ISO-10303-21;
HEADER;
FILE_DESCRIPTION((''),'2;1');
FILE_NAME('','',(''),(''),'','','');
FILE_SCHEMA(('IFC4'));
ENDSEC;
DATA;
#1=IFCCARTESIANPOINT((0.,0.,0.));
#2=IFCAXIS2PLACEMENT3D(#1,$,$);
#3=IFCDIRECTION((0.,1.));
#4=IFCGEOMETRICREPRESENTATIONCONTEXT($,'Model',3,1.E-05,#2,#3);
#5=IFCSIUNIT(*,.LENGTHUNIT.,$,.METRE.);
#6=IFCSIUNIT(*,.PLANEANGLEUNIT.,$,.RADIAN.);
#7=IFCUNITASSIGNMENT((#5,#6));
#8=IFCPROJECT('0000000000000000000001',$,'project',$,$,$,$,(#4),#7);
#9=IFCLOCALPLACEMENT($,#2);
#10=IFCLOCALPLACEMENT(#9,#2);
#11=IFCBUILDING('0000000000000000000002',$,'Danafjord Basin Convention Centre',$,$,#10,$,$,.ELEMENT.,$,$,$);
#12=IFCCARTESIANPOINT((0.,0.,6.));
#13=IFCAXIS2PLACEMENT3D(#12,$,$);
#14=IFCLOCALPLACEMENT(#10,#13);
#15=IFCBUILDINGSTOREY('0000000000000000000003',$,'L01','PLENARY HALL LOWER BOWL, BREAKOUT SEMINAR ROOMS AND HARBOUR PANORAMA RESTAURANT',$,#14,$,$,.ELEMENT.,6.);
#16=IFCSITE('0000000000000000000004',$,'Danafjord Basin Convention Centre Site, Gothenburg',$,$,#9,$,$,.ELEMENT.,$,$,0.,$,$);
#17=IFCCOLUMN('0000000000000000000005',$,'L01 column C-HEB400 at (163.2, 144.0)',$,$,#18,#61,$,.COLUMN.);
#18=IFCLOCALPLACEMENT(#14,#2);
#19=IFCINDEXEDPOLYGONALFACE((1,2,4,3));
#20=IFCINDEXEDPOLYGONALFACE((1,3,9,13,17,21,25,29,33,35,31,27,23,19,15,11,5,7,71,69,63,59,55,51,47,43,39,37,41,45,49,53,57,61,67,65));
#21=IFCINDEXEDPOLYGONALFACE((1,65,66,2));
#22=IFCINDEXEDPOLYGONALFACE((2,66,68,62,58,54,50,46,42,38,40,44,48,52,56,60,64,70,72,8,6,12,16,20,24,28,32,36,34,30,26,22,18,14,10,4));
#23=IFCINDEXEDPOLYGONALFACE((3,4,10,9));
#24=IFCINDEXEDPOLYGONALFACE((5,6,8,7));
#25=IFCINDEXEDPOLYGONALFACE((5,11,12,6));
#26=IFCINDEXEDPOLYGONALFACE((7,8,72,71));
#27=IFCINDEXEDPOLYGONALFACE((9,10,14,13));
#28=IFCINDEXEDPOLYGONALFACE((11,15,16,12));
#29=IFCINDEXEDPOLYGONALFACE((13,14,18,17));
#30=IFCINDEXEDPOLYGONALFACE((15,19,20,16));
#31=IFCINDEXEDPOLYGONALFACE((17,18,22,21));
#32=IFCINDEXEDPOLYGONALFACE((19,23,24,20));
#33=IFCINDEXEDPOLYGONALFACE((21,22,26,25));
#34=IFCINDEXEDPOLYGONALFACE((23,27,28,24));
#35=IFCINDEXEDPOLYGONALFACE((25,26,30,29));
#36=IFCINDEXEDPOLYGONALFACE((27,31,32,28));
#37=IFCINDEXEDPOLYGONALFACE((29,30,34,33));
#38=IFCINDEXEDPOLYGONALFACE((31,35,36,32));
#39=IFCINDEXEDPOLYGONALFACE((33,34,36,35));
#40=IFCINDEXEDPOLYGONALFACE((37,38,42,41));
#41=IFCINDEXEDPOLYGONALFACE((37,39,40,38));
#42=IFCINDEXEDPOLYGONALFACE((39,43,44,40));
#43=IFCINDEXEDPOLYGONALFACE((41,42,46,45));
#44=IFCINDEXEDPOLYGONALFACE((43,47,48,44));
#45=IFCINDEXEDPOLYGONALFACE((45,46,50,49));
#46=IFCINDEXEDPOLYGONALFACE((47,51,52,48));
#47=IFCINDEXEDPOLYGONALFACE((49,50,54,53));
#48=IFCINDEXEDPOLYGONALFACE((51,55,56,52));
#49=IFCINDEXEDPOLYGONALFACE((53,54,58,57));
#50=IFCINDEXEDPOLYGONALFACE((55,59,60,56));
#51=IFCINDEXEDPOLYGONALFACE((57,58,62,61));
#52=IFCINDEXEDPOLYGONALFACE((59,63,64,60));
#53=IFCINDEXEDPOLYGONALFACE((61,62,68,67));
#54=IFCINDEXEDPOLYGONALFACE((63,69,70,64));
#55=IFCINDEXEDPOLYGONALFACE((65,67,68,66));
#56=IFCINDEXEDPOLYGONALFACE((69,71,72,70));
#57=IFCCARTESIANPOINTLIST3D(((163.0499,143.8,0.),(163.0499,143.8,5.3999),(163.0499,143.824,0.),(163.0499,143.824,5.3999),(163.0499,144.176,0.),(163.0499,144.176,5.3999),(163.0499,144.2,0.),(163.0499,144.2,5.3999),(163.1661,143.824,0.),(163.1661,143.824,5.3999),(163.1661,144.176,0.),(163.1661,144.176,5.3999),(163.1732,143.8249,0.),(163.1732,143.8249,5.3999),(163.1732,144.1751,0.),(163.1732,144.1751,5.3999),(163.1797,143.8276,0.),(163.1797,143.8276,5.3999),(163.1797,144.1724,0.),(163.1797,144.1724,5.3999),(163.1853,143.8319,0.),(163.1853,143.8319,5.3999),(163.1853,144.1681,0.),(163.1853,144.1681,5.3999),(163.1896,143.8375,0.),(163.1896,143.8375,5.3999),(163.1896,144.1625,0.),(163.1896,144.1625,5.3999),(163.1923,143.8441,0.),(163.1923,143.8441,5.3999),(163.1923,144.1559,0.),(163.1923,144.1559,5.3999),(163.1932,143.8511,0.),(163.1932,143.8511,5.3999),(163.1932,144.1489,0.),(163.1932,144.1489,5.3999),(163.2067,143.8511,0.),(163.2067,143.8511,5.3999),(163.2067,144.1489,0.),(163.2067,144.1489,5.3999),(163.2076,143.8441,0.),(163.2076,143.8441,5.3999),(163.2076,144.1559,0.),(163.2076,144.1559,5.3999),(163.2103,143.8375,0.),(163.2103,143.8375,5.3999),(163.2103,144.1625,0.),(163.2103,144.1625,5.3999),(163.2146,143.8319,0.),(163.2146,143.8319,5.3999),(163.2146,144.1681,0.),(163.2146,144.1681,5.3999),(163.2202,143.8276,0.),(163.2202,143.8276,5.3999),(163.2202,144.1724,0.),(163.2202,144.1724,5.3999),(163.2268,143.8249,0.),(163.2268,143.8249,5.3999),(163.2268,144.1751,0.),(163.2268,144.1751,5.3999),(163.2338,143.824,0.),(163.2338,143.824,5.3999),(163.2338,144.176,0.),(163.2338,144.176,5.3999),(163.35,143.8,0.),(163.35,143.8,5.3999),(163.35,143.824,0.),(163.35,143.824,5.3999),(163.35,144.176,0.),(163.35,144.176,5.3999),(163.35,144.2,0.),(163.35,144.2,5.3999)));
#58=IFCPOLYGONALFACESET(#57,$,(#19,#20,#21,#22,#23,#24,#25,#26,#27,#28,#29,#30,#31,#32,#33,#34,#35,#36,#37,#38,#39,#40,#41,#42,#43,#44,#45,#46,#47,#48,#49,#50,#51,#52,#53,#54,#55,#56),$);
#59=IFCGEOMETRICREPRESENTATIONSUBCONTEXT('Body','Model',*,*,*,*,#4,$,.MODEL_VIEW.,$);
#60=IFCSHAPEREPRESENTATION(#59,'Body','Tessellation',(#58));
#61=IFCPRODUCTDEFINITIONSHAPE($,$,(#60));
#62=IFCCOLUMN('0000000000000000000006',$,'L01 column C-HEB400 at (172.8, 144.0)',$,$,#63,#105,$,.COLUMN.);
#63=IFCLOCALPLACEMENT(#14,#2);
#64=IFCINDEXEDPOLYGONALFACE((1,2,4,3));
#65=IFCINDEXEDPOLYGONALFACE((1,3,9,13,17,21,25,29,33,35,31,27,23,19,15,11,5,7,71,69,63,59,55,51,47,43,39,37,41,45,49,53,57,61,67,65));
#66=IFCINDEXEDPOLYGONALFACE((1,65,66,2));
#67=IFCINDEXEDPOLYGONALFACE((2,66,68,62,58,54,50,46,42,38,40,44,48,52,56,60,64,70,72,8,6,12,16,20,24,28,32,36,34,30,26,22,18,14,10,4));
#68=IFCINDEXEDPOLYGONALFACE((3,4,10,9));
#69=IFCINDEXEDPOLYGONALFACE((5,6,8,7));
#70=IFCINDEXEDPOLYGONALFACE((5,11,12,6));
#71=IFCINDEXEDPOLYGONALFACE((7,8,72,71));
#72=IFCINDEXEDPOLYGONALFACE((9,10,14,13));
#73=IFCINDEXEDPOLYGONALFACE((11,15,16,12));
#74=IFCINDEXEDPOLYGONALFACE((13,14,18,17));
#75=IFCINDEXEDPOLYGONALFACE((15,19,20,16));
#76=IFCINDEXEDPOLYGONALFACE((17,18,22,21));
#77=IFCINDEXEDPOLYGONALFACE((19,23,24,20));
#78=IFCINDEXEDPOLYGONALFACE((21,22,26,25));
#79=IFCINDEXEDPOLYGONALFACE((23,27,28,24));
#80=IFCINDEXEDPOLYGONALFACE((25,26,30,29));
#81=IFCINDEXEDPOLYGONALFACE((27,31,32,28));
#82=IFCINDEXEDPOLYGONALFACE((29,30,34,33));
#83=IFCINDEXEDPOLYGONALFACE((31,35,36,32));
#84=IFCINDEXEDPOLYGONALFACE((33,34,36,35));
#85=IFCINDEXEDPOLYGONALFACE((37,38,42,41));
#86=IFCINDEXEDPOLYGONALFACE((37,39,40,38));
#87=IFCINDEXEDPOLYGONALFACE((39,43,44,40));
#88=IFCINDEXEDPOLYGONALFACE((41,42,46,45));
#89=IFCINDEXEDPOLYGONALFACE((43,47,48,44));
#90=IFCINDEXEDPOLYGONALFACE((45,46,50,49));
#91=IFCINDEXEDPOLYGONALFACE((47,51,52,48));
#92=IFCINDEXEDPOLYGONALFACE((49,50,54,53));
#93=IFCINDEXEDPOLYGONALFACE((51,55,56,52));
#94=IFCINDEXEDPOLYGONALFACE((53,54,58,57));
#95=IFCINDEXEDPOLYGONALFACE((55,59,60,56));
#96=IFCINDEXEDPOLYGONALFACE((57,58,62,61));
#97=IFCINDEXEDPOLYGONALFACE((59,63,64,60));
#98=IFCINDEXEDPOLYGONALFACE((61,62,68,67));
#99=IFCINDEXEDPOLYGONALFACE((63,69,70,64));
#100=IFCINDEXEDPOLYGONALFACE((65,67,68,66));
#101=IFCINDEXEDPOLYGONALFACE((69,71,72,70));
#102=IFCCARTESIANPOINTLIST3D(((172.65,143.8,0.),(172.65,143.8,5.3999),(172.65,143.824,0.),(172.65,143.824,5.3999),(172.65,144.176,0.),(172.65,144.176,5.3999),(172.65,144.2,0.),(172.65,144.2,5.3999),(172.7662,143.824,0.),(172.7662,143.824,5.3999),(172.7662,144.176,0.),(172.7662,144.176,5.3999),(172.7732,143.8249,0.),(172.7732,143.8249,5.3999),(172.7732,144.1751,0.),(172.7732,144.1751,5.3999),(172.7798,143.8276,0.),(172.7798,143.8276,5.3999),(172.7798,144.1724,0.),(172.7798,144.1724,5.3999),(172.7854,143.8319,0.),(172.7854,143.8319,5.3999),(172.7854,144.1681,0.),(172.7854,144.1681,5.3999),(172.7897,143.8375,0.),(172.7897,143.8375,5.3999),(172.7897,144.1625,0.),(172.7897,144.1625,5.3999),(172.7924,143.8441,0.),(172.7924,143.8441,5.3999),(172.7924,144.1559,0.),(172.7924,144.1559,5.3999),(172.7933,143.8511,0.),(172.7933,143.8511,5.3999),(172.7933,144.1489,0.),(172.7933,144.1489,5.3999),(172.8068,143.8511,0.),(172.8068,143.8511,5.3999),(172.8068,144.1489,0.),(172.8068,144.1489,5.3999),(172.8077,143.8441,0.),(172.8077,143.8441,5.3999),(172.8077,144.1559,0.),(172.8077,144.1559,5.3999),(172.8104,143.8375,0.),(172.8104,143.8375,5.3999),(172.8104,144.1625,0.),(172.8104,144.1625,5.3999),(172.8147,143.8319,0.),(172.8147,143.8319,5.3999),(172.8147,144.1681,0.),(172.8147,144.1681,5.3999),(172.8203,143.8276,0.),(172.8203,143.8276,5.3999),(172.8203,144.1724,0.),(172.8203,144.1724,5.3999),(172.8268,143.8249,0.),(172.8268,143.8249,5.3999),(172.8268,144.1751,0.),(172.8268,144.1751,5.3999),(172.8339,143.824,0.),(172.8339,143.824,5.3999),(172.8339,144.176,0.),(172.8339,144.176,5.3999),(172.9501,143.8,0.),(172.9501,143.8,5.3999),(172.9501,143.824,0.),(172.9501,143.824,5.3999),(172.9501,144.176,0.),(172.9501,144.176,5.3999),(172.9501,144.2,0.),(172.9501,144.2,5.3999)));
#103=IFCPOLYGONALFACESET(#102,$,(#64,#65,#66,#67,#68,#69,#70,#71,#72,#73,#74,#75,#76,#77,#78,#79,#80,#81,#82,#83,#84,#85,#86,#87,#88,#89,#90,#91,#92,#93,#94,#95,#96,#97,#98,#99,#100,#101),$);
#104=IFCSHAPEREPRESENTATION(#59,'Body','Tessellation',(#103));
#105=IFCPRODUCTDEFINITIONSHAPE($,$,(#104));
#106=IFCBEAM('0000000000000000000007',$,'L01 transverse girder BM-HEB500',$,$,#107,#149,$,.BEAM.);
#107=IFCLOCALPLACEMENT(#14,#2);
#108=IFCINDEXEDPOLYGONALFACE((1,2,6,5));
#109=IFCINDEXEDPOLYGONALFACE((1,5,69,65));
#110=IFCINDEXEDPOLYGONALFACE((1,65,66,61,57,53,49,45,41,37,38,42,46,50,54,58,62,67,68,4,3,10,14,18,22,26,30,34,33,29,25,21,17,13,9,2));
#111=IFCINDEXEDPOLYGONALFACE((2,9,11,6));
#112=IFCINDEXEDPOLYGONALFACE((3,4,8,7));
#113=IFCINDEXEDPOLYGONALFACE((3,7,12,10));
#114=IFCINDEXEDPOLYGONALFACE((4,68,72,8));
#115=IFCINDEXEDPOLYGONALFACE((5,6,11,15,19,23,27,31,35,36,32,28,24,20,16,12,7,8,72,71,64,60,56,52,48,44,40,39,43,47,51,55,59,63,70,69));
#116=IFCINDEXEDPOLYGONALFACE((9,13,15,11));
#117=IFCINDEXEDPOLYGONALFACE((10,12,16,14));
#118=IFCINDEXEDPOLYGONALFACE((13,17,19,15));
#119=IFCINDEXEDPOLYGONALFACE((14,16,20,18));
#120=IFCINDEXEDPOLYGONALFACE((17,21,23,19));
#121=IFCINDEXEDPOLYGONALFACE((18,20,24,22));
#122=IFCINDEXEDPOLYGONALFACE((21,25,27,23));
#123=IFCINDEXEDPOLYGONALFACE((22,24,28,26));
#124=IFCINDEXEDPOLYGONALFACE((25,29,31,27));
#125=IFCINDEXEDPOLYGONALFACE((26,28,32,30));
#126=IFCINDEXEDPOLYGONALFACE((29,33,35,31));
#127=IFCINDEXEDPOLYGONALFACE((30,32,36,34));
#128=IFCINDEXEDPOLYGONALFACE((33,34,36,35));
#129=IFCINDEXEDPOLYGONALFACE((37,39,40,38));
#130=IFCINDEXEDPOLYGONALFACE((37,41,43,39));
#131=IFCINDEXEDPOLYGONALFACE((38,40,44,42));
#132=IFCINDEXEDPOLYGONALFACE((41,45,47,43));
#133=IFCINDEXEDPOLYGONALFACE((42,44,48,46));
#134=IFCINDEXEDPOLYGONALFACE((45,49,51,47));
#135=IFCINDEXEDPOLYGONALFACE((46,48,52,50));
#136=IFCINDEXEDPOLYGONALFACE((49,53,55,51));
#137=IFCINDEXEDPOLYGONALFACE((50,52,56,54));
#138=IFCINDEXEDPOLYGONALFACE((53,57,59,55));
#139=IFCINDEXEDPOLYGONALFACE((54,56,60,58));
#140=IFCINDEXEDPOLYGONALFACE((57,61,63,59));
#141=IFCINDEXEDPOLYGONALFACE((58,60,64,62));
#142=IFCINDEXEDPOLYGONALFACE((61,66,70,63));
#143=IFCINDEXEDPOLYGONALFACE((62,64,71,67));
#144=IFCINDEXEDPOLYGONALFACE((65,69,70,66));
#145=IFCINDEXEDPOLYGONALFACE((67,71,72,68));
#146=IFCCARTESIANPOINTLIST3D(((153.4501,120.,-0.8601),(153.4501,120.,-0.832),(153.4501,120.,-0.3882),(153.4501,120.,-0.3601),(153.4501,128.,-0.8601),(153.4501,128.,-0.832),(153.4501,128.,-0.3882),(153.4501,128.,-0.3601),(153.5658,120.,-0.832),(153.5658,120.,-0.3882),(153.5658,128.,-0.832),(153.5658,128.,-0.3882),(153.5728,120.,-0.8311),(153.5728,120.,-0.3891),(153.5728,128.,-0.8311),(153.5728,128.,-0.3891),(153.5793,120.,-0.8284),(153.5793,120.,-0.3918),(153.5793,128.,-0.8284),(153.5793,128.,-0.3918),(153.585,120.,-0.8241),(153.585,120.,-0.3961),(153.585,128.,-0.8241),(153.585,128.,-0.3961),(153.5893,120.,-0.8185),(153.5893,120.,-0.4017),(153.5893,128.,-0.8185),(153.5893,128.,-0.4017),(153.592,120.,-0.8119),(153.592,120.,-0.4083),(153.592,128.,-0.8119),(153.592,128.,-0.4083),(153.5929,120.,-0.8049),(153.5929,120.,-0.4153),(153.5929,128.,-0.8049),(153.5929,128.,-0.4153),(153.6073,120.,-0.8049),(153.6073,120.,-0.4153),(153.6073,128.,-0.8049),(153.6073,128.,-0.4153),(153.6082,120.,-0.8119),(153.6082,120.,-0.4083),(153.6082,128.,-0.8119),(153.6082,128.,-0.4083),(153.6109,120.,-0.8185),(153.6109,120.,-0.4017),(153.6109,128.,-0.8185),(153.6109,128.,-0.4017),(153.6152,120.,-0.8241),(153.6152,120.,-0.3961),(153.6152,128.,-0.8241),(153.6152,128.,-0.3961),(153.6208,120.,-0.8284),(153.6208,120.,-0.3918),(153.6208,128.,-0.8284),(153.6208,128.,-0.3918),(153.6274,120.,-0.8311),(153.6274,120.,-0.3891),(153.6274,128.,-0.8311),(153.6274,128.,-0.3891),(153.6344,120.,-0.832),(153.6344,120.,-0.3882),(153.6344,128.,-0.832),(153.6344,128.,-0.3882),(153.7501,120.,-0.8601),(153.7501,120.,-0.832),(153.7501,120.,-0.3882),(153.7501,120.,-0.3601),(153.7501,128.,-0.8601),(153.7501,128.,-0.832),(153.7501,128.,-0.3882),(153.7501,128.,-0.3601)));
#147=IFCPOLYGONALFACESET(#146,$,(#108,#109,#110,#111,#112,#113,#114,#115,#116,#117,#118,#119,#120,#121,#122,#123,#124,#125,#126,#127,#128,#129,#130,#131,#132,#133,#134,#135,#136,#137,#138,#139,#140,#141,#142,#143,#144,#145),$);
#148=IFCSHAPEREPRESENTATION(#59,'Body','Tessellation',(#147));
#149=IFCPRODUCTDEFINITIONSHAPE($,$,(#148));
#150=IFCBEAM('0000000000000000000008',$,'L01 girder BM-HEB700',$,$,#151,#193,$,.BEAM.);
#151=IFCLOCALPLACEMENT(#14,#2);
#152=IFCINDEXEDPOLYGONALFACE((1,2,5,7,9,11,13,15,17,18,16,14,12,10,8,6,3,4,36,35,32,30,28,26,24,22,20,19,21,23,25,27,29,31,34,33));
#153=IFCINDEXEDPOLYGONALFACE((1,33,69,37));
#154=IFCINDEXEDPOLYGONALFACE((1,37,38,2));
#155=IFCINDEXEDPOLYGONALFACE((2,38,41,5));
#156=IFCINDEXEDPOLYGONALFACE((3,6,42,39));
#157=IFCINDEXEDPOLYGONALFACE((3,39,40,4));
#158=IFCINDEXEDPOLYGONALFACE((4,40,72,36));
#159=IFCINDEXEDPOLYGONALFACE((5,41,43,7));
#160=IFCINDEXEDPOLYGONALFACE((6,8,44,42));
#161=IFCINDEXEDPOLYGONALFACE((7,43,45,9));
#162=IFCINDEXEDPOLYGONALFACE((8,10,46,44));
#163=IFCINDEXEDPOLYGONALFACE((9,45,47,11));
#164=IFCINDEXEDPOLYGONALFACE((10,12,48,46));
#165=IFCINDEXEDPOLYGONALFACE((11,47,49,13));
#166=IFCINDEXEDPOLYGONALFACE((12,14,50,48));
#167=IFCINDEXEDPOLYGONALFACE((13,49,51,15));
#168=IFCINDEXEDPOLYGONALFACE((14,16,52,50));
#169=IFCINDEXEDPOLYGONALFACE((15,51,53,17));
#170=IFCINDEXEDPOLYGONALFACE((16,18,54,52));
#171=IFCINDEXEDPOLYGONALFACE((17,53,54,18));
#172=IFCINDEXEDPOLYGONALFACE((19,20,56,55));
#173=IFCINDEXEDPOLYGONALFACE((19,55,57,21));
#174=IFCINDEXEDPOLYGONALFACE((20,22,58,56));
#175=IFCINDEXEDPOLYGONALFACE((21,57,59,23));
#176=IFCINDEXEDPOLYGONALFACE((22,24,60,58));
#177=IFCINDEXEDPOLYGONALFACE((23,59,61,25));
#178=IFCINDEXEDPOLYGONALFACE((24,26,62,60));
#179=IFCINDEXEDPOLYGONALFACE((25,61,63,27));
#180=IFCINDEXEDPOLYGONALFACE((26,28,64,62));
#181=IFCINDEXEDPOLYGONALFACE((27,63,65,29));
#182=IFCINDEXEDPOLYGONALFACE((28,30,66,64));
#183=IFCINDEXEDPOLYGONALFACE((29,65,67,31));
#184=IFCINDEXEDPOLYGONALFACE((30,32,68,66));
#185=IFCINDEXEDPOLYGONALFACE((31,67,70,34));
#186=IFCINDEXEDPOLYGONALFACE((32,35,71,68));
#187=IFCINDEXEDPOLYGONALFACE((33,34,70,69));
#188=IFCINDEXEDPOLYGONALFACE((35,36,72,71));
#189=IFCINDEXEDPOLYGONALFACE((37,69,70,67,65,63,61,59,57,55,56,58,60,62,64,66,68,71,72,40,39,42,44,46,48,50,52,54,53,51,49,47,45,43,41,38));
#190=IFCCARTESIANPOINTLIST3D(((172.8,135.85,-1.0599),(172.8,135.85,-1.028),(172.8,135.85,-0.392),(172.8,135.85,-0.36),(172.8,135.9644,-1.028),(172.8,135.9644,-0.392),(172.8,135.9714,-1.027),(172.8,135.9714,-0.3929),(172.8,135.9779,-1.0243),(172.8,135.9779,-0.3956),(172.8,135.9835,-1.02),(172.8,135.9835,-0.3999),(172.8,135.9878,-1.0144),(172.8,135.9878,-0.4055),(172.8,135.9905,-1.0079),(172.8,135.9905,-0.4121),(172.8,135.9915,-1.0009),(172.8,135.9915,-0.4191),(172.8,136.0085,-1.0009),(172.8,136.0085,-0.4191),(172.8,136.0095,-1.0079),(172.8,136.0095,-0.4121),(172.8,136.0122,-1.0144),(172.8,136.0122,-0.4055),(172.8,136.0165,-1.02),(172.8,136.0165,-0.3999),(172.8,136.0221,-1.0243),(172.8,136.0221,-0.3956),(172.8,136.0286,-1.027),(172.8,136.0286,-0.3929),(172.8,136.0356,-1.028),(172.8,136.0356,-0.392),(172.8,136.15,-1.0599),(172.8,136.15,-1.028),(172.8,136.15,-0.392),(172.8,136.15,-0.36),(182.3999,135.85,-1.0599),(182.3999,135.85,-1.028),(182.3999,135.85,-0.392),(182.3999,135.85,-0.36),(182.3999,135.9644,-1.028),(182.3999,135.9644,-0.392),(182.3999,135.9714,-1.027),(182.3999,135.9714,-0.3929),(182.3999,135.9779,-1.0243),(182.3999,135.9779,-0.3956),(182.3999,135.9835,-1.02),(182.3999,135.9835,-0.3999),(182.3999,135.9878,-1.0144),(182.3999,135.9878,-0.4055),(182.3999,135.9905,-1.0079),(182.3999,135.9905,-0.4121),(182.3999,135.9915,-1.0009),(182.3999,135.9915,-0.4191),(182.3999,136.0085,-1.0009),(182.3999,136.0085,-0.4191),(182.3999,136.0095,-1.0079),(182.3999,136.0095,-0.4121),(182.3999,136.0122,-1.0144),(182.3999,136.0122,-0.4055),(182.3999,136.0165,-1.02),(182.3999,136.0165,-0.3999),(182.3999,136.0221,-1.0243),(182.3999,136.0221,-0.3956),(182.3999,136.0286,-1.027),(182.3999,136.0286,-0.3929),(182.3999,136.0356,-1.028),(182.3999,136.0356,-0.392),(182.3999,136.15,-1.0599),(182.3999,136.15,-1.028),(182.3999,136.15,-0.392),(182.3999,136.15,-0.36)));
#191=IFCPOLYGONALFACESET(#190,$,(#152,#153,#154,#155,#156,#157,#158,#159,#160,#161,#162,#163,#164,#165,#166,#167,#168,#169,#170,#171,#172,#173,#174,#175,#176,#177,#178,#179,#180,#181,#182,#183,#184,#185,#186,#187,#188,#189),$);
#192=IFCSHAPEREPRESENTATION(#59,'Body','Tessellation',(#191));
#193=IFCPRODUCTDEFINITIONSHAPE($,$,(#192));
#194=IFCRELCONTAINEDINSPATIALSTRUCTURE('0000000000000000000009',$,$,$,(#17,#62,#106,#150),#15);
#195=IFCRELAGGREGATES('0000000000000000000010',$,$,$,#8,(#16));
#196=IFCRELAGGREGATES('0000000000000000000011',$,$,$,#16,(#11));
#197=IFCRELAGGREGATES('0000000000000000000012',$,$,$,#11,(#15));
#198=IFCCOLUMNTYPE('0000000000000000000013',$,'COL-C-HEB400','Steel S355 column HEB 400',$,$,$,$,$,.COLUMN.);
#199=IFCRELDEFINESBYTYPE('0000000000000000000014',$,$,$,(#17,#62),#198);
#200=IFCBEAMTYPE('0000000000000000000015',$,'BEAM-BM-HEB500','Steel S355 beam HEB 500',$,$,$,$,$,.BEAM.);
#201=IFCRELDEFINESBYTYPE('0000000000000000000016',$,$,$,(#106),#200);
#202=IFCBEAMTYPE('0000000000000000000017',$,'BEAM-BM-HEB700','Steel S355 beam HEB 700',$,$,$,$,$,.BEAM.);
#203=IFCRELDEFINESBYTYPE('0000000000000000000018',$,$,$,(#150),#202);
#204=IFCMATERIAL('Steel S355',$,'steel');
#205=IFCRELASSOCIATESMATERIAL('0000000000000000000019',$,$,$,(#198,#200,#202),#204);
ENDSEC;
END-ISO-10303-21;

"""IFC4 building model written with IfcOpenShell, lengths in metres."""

from ifc_helpers import new_model, si_unit, direction, frame, origin, origin_2d, place, context, subcontext, project, spatial, i_section, extrude, material, material_profile, profile_set, type_object, element, save


model = new_model("IFC4")

# Units and contexts
model_context = context("Model", 3, precision=1e-05, world=origin(), true_north=direction((0.0, 1.0)))
body_context = subcontext(model_context, "Body", "Model", "MODEL_VIEW")
ifc_project = project(units=[si_unit("LENGTHUNIT", "METRE"), si_unit("PLANEANGLEUNIT", "RADIAN")], contexts=[model_context])

# Site, building, storey
site_placement = place(None, origin())
site = spatial("IfcSite", under=ifc_project, at=site_placement, Name="Danafjord Basin Convention Centre Site, Gothenburg", CompositionType="ELEMENT", RefElevation=0.0)
building_placement = place(site_placement, origin())
building = spatial("IfcBuilding", under=site, at=building_placement, Name="Danafjord Basin Convention Centre", CompositionType="ELEMENT")
storey_placement = place(building_placement, frame((0.0, 0.0, 6.0)))
storey = spatial("IfcBuildingStorey", under=building, at=storey_placement, Name="L01", Description="PLENARY HALL LOWER BOWL, BREAKOUT SEMINAR ROOMS AND HARBOUR PANORAMA RESTAURANT", CompositionType="ELEMENT", Elevation=6.0)

# Columns
ifc_material_1 = material(Name="Steel S355", Category="steel")
ifc_material_profile_1 = material_profile(ifc_material_1, i_section(OverallWidth=0.3, OverallDepth=0.3999, WebThickness=0.0134, FlangeThickness=0.0239, FilletRadius=0.0271, at=origin_2d()), Name="HEB 400")
ifc_profile_set_1 = profile_set([ifc_material_profile_1], Name="Steel S355")
column_type_1 = type_object("IfcColumnType", Name="COL-C-HEB400", Description="Steel S355 column HEB 400", PredefinedType="COLUMN", material=ifc_profile_set_1)
for number, where, z_axis, x_axis, name in (
    (1, (163.2, 144.0, 0.0), (0.0, 0.0, 1.0), (1.0, 0.0, 0.0), "L01 column C-HEB400 at (163.2, 144.0)"),
    (2, (172.8, 144.0, 0.0), (0.0, 0.0, 1.0), (1.0, 0.0, 0.0), "L01 column C-HEB400 at (172.8, 144.0)"),
):
    element("IfcColumn", number, at=place(storey_placement, frame(where, z_axis=z_axis, x_axis=x_axis)), inside=storey, type_object=column_type_1, Name=name, PredefinedType="COLUMN", context=body_context, shape_type="SweptSolid", body=[
        extrude(i_section(OverallWidth=0.3, OverallDepth=0.3999, WebThickness=0.0134, FlangeThickness=0.0239, FilletRadius=0.0271, at=origin_2d()), origin(), (0.0, 0.0, 1.0), 5.3999),
    ])

# Beams
ifc_material_profile_2 = material_profile(ifc_material_1, i_section(OverallWidth=0.3, OverallDepth=0.5, WebThickness=0.0144, FlangeThickness=0.0281, FilletRadius=0.0271, at=origin_2d()), Name="HEB 500")
ifc_profile_set_2 = profile_set([ifc_material_profile_2], Name="Steel S355")
beam_type_1 = type_object("IfcBeamType", Name="BEAM-BM-HEB500", Description="Steel S355 beam HEB 500", PredefinedType="BEAM", material=ifc_profile_set_2)
beam_1_placement = place(storey_placement, frame((153.6001, 120.0, -0.6101), z_axis=(0.0, 1.0, 0.0), x_axis=(-1.0, 0.0, 0.0)))
element("IfcBeam", 3, at=beam_1_placement, inside=storey, type_object=beam_type_1, Name="L01 transverse girder BM-HEB500", PredefinedType="BEAM", context=body_context, shape_type="SweptSolid", body=[
    extrude(i_section(OverallWidth=0.3, OverallDepth=0.5, WebThickness=0.0144, FlangeThickness=0.0281, FilletRadius=0.0271, at=origin_2d()), origin(), (0.0, 0.0, 1.0), 8.0),
])
ifc_material_profile_3 = material_profile(ifc_material_1, i_section(OverallWidth=0.3, OverallDepth=0.7, WebThickness=0.0171, FlangeThickness=0.032, FilletRadius=0.0271, at=origin_2d()), Name="HEB 700")
ifc_profile_set_3 = profile_set([ifc_material_profile_3], Name="Steel S355")
beam_type_2 = type_object("IfcBeamType", Name="BEAM-BM-HEB700", Description="Steel S355 beam HEB 700", PredefinedType="BEAM", material=ifc_profile_set_3)
beam_2_placement = place(storey_placement, frame((172.8, 136.0, -0.71), z_axis=(1.0, 0.0, 0.0), x_axis=(0.0, 1.0, 0.0)))
element("IfcBeam", 4, at=beam_2_placement, inside=storey, type_object=beam_type_2, Name="L01 girder BM-HEB700", PredefinedType="BEAM", context=body_context, shape_type="SweptSolid", body=[
    extrude(i_section(OverallWidth=0.3, OverallDepth=0.7, WebThickness=0.0171, FlangeThickness=0.032, FilletRadius=0.0271, at=origin_2d()), origin(), (0.0, 0.0, 1.0), 9.5999),
])

save(model, "model.ifc")
